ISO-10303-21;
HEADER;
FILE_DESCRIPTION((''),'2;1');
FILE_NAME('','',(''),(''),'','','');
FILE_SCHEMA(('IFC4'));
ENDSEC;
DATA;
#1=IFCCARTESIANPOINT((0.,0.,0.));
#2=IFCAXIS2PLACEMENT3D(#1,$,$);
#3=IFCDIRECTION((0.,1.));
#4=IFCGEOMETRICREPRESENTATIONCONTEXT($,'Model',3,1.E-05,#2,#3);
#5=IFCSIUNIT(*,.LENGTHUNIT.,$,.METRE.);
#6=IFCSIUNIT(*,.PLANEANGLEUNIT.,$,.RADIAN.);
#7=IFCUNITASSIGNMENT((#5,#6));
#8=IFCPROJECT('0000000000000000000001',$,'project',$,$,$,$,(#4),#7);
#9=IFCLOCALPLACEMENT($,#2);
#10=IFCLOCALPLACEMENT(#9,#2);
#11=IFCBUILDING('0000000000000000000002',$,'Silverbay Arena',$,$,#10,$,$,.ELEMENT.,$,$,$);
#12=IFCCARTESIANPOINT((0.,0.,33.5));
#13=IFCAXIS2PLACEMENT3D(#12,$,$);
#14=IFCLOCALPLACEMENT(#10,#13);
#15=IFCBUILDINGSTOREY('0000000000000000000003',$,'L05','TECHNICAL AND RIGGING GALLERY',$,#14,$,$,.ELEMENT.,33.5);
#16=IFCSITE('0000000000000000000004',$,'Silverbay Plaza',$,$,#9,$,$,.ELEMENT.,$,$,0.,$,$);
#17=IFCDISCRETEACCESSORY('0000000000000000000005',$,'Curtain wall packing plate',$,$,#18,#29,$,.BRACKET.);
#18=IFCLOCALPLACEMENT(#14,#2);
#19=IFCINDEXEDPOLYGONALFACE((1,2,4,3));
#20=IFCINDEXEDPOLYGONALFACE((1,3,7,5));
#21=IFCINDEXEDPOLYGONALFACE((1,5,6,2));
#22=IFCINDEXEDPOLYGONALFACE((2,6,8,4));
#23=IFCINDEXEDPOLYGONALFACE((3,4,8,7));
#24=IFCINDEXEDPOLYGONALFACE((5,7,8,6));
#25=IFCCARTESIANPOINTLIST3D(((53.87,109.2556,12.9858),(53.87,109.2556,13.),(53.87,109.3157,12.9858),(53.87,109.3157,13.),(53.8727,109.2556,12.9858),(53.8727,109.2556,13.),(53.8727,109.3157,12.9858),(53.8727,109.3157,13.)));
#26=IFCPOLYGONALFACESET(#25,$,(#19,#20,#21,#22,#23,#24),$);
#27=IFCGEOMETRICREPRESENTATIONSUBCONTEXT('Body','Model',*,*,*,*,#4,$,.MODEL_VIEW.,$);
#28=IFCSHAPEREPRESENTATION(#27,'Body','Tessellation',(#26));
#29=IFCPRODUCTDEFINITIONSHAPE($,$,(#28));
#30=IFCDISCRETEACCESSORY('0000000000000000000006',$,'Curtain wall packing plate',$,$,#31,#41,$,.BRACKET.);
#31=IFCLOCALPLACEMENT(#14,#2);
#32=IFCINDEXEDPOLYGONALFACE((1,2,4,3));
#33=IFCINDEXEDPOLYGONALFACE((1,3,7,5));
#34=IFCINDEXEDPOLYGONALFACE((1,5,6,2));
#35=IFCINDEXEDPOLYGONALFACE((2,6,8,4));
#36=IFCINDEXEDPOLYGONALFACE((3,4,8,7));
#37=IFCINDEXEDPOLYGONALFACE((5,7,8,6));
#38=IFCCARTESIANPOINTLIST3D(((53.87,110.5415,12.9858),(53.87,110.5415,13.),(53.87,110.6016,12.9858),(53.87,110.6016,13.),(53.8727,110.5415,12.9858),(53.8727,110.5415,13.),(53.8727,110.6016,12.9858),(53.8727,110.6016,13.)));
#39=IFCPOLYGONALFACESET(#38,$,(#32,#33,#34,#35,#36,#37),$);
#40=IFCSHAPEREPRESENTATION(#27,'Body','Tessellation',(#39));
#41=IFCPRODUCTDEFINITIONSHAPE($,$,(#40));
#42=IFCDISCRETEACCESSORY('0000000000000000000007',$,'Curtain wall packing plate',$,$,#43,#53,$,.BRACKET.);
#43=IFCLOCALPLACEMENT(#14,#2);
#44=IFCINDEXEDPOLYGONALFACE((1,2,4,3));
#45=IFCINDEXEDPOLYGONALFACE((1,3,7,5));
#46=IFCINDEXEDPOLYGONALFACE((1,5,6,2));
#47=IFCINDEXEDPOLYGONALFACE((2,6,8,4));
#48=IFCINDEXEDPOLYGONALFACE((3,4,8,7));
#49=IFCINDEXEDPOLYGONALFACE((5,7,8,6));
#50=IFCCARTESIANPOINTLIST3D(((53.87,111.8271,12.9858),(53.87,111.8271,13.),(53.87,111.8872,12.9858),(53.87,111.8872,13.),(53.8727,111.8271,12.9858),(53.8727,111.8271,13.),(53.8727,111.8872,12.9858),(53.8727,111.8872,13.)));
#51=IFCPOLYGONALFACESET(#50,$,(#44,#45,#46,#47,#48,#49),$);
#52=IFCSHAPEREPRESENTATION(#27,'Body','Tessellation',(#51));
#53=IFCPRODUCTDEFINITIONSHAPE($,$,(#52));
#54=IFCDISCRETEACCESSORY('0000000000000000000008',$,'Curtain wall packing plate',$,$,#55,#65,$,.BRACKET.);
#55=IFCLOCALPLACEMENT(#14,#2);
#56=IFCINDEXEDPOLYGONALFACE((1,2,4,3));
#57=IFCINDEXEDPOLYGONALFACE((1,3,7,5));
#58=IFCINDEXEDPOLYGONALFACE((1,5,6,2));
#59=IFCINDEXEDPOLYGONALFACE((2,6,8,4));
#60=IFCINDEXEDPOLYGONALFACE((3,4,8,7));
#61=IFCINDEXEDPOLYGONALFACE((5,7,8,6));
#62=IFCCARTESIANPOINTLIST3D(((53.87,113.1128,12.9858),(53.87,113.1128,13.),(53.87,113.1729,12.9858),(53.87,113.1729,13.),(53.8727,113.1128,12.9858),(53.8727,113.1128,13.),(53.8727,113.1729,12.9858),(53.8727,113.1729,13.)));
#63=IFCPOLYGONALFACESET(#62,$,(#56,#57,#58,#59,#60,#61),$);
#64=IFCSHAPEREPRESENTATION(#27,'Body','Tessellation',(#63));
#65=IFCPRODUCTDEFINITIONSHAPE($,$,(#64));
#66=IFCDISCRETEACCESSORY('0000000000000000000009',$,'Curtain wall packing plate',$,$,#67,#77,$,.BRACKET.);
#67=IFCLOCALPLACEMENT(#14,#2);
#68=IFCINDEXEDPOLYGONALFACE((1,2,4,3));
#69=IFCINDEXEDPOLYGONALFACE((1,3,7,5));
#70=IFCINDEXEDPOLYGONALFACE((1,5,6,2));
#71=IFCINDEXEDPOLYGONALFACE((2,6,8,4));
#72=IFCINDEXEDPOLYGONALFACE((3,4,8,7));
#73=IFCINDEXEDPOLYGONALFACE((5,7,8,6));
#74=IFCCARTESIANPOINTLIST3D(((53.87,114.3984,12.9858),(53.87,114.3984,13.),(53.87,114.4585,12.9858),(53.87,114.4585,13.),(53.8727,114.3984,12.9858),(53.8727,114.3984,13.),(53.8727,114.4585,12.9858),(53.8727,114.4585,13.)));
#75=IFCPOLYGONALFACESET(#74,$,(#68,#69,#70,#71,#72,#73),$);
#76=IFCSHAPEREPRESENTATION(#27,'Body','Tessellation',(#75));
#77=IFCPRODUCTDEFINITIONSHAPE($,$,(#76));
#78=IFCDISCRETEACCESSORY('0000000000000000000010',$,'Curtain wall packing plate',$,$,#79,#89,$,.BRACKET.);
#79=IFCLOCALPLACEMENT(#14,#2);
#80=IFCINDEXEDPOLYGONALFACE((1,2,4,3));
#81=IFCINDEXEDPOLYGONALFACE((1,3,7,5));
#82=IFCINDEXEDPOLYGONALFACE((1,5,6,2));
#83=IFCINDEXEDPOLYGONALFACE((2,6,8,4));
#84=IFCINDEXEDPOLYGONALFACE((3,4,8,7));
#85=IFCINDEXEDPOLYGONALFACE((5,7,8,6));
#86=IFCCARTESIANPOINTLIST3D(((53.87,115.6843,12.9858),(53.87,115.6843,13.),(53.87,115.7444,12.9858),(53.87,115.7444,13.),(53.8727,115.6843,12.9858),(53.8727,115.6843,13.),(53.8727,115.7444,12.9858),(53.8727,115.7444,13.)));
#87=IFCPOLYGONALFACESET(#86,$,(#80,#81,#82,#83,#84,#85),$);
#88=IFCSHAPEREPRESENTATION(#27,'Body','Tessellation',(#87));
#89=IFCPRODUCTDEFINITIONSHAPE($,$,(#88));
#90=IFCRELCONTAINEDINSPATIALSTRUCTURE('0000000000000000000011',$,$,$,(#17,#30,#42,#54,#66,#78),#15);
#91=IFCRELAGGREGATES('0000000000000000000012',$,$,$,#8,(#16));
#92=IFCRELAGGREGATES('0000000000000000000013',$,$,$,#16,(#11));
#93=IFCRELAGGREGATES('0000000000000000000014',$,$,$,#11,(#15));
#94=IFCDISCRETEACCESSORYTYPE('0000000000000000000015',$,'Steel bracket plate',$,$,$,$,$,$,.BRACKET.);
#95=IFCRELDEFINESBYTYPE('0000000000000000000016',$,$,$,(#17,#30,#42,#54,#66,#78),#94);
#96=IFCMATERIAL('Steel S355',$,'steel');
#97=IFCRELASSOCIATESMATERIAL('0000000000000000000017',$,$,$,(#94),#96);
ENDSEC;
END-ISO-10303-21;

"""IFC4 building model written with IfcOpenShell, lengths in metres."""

from ifc_helpers import new_model, si_unit, direction, frame, origin, origin_2d, place, context, subcontext, project, spatial, rectangle, extrude, material, type_object, element, save


model = new_model("IFC4")

# Units and contexts
model_context = context("Model", 3, precision=1e-05, world=origin(), true_north=direction((0.0, 1.0)))
body_context = subcontext(model_context, "Body", "Model", "MODEL_VIEW")
ifc_project = project(units=[si_unit("LENGTHUNIT", "METRE"), si_unit("PLANEANGLEUNIT", "RADIAN")], contexts=[model_context])

# Site, building, storey
site_placement = place(None, origin())
site = spatial("IfcSite", under=ifc_project, at=site_placement, Name="Silverbay Plaza", CompositionType="ELEMENT", RefElevation=0.0)
building_placement = place(site_placement, origin())
building = spatial("IfcBuilding", under=site, at=building_placement, Name="Silverbay Arena", CompositionType="ELEMENT")
storey_placement = place(building_placement, frame((0.0, 0.0, 33.5)))
storey = spatial("IfcBuildingStorey", under=building, at=storey_placement, Name="L05", Description="TECHNICAL AND RIGGING GALLERY", CompositionType="ELEMENT", Elevation=33.5)

# Discrete accessories
ifc_material_1 = material(Name="Steel S355", Category="steel")
discrete_accessory_type = type_object("IfcDiscreteAccessoryType", Name="Steel bracket plate", PredefinedType="BRACKET", material=ifc_material_1)
for number, where, z_axis, x_axis, name in (
    (1, (53.8713, 109.2856, 12.9858), (0.0, 0.0, 1.0), (1.0, 0.0, 0.0), "Curtain wall packing plate"),
    (2, (53.8713, 110.5715, 12.9858), (0.0, 0.0, 1.0), (1.0, 0.0, 0.0), "Curtain wall packing plate"),
    (3, (53.8713, 111.8572, 12.9858), (0.0, 0.0, 1.0), (1.0, 0.0, 0.0), "Curtain wall packing plate"),
    (4, (53.8713, 113.1428, 12.9858), (0.0, 0.0, 1.0), (1.0, 0.0, 0.0), "Curtain wall packing plate"),
    (5, (53.8713, 114.4285, 12.9858), (0.0, 0.0, 1.0), (1.0, 0.0, 0.0), "Curtain wall packing plate"),
    (6, (53.8713, 115.7144, 12.9858), (0.0, 0.0, 1.0), (1.0, 0.0, 0.0), "Curtain wall packing plate"),
):
    element("IfcDiscreteAccessory", number, at=place(storey_placement, frame(where, z_axis=z_axis, x_axis=x_axis)), inside=storey, type_object=discrete_accessory_type, Name=name, PredefinedType="BRACKET", context=body_context, shape_type="SweptSolid", body=[
        extrude(rectangle(XDim=0.0027, YDim=0.0601, at=origin_2d()), origin(), (0.0, 0.0, 1.0), 0.0142),
    ])

save(model, "model.ifc")
